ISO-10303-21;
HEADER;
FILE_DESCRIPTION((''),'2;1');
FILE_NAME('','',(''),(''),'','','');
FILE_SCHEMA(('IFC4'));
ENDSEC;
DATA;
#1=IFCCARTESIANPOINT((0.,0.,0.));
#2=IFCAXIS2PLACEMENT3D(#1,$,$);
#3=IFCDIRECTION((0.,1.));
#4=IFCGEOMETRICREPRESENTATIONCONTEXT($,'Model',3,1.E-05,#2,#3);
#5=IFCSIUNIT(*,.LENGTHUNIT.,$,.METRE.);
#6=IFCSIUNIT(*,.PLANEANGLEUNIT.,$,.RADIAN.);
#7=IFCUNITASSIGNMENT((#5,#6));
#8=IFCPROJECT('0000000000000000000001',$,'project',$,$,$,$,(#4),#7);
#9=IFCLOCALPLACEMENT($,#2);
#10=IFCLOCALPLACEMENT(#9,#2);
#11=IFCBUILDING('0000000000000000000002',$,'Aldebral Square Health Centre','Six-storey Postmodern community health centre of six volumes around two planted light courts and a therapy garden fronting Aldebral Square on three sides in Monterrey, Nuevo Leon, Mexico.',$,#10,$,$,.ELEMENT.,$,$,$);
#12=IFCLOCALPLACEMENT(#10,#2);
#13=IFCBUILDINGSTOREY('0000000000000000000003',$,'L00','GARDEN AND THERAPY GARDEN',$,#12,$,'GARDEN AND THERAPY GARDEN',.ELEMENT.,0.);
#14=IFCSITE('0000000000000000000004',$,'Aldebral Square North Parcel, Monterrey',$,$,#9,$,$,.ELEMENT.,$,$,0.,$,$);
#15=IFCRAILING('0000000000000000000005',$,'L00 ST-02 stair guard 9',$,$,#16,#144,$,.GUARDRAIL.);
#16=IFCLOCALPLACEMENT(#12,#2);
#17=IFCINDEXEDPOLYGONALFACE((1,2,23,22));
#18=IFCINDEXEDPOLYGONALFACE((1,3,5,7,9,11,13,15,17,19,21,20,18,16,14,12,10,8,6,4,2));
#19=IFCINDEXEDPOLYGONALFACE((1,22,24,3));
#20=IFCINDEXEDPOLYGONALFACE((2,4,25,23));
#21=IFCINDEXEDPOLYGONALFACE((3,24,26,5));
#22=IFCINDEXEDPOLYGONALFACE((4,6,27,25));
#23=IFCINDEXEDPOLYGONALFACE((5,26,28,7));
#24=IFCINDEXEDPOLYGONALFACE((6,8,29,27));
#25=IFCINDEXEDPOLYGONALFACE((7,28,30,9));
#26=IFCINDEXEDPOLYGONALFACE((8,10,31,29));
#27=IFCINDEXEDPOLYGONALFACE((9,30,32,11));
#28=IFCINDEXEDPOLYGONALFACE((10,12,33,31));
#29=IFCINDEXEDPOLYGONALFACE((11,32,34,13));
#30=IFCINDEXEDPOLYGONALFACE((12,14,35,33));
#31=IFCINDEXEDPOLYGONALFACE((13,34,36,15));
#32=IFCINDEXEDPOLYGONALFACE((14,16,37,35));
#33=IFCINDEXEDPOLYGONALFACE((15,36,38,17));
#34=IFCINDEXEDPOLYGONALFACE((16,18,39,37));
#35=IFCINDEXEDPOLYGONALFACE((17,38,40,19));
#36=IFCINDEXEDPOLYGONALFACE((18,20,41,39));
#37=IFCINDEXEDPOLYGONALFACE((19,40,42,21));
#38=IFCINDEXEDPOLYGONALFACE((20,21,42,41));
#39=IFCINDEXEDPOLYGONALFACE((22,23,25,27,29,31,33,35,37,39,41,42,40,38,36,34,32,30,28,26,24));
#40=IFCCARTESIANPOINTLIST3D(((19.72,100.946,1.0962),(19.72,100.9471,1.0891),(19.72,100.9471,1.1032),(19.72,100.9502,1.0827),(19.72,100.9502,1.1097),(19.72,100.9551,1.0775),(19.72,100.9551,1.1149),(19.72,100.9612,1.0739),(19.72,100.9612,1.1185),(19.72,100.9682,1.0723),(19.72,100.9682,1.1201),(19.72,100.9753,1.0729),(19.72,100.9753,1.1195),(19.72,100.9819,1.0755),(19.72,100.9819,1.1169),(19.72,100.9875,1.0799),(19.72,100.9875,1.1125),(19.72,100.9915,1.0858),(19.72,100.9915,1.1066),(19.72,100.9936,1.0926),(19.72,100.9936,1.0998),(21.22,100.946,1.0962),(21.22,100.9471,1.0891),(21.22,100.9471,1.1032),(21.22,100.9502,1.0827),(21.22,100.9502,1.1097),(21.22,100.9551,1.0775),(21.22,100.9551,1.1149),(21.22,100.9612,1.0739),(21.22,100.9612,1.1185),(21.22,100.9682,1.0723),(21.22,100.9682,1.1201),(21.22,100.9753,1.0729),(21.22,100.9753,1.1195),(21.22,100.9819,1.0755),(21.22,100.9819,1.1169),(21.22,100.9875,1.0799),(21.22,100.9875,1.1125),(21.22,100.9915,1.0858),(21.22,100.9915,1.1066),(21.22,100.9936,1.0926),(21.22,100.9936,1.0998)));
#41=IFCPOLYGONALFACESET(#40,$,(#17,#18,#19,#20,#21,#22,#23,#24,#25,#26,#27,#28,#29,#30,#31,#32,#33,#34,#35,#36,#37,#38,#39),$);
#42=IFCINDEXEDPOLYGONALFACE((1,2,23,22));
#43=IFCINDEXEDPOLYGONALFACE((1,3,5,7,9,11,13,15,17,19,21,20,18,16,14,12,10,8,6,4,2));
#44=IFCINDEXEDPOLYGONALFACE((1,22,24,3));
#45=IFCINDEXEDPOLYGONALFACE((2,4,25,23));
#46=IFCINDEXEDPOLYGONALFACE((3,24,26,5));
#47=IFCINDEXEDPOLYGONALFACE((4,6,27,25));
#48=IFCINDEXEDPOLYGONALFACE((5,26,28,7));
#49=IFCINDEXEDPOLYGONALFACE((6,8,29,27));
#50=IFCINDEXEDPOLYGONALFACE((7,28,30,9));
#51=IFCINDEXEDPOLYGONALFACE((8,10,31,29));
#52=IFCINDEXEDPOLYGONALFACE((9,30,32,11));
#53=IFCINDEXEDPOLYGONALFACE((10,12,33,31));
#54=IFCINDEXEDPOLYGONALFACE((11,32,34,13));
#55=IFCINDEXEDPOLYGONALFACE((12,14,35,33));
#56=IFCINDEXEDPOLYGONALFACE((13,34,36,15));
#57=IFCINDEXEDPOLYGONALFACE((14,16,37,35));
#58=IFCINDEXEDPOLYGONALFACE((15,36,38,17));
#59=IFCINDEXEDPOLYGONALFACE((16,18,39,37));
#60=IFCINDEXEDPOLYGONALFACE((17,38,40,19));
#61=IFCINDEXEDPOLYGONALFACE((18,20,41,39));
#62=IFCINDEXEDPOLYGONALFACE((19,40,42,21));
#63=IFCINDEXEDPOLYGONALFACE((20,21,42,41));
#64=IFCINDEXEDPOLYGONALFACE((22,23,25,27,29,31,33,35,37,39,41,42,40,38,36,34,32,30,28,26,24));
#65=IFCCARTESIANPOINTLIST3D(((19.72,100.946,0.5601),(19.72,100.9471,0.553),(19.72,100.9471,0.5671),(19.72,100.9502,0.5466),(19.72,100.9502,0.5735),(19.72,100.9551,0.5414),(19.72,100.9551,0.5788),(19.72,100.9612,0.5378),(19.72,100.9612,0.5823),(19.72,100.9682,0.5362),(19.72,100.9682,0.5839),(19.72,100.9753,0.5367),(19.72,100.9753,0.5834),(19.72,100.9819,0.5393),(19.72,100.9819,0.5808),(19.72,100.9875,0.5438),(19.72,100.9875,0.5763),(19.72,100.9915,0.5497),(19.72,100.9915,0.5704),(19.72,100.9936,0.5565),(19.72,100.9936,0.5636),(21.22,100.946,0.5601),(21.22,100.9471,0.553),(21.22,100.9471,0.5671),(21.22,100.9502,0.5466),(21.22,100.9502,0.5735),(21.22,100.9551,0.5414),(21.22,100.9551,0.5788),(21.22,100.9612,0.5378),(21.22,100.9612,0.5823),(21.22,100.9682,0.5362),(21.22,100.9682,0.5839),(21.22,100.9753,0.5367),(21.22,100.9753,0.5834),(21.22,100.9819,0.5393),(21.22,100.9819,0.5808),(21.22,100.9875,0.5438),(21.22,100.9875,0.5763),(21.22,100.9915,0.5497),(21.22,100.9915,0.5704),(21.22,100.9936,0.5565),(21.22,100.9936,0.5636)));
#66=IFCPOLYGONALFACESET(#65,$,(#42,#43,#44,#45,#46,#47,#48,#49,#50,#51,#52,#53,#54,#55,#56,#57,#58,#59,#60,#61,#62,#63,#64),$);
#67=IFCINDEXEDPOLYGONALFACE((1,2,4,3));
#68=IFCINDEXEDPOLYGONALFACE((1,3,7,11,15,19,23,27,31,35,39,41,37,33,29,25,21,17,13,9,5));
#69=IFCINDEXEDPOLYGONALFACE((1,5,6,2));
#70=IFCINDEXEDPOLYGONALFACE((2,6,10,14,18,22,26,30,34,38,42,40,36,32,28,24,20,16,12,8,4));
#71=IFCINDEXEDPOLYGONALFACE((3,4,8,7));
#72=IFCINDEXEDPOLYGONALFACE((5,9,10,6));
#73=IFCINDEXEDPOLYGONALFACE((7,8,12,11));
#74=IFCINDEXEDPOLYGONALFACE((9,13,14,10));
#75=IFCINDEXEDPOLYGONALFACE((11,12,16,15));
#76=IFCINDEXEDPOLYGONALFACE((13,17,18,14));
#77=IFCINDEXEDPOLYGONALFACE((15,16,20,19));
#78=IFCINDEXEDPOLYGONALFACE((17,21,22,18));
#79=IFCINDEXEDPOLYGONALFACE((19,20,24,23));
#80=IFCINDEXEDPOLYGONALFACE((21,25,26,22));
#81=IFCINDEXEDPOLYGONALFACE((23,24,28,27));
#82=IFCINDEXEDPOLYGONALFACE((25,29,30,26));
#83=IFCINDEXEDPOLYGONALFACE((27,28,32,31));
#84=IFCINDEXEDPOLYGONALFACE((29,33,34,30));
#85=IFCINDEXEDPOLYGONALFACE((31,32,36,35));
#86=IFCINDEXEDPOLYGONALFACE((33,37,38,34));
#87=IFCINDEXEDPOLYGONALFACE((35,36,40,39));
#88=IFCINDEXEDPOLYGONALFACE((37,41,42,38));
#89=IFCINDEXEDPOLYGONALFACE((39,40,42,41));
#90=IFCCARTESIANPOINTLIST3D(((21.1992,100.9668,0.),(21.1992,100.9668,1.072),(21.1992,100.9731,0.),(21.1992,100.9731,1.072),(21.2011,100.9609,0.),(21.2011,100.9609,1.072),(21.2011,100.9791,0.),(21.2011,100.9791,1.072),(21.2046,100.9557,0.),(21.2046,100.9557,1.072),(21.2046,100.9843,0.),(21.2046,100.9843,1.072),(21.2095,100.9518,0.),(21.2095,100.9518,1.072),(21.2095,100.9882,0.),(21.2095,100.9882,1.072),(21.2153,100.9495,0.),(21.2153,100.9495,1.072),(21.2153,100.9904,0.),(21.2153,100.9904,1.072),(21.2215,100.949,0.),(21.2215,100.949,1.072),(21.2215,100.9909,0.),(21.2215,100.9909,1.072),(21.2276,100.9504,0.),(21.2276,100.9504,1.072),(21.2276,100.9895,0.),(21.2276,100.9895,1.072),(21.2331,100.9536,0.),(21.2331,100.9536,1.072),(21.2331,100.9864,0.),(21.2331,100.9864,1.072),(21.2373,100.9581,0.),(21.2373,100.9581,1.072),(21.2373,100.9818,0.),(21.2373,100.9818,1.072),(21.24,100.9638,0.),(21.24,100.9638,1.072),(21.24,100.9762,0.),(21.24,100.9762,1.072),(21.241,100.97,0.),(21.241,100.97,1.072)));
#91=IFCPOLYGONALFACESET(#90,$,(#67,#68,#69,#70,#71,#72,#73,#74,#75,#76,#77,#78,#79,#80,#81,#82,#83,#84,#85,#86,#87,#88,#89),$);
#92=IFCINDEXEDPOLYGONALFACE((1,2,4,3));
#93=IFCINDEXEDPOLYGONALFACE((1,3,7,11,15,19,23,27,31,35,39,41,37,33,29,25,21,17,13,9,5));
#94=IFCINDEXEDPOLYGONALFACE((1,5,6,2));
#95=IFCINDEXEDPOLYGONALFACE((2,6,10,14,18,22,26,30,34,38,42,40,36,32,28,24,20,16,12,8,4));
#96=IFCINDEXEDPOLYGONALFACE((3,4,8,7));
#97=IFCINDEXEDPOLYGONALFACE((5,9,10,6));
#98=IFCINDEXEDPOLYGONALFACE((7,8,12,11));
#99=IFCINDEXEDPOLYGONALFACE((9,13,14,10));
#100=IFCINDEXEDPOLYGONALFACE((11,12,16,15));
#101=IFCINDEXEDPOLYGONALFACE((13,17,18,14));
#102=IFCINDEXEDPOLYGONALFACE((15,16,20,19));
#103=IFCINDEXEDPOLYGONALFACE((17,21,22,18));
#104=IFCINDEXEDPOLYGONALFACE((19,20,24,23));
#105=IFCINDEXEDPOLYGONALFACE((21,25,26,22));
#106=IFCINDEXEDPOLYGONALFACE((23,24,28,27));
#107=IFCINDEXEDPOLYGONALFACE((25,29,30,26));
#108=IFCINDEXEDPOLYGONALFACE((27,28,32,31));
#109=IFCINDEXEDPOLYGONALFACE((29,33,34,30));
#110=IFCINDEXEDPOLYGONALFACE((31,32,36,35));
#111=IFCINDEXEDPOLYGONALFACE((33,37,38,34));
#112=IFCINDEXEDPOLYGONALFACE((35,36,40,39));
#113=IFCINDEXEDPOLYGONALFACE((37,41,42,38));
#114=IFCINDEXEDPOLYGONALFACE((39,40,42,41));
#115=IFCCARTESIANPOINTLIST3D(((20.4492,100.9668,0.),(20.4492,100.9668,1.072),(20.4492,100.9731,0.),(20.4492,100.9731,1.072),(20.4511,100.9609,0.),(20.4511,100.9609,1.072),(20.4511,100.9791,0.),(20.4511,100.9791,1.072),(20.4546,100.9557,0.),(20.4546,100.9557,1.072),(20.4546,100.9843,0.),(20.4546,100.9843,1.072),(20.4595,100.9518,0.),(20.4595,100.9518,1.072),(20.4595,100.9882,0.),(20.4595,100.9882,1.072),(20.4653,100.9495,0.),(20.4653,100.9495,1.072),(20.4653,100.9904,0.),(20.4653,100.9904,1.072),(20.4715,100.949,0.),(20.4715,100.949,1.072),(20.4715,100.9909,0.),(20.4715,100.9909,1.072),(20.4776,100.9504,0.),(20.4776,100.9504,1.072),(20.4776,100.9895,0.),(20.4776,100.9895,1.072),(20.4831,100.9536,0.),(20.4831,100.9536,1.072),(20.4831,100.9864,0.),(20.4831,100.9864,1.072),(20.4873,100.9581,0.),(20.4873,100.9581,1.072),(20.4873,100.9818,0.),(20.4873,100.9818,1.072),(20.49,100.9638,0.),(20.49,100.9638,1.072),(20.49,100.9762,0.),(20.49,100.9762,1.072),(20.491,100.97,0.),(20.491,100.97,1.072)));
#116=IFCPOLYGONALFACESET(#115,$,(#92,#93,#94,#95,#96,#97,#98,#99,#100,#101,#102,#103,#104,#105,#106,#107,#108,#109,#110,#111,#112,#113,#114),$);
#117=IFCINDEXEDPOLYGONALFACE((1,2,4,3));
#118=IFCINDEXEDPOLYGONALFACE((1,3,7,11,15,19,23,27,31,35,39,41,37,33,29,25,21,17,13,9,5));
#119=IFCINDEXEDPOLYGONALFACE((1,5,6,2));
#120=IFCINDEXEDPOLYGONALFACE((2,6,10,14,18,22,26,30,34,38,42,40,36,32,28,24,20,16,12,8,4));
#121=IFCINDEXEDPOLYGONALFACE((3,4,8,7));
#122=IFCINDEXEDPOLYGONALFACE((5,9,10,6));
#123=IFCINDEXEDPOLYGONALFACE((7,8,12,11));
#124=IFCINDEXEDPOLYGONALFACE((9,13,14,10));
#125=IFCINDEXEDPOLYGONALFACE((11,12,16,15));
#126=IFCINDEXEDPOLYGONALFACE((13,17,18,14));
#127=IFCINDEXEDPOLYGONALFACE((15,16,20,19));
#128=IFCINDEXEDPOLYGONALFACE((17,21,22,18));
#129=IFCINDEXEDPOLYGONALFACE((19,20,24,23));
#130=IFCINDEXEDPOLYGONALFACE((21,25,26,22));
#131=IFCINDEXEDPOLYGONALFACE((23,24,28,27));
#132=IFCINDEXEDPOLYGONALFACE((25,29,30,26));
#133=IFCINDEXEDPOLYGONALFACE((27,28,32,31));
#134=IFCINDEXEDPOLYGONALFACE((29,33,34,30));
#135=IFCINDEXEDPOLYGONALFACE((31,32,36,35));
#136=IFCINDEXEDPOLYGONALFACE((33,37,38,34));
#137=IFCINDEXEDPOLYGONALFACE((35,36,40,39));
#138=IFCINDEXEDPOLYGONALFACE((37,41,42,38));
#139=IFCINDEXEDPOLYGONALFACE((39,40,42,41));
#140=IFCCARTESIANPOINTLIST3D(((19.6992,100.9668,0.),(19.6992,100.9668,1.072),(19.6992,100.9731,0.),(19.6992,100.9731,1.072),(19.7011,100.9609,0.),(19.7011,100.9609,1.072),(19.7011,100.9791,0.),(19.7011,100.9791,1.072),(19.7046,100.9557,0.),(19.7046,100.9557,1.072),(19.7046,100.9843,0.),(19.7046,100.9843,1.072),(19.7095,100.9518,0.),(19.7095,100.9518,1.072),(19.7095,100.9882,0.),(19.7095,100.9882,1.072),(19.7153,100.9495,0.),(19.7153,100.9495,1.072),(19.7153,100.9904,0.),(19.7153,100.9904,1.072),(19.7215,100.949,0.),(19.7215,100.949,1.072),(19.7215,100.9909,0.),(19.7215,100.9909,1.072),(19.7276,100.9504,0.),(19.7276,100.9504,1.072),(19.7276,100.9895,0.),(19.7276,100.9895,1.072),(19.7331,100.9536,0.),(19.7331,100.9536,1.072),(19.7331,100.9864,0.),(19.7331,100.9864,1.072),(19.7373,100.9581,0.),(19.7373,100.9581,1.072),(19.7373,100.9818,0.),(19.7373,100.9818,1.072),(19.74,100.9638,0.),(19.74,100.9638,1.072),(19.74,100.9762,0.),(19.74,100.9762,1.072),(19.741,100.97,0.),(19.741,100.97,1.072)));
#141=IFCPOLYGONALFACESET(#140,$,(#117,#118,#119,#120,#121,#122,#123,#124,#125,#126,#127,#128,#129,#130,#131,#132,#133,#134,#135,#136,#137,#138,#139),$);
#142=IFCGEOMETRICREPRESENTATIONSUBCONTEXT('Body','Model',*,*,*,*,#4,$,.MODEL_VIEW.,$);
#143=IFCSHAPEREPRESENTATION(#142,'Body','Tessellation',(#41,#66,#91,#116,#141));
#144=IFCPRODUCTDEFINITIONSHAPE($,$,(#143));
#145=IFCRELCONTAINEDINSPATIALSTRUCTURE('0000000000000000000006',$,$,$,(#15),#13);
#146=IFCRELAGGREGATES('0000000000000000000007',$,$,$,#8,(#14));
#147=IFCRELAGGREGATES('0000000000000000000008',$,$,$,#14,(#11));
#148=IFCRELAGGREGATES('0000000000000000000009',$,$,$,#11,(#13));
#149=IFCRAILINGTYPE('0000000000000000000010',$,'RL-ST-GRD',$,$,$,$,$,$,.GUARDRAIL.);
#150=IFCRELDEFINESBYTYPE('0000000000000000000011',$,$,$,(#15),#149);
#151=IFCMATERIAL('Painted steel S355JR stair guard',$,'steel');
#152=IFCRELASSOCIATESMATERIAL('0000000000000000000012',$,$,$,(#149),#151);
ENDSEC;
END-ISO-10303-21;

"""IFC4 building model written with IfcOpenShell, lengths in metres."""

from ifc_helpers import new_model, si_unit, direction, frame, origin, origin_2d, place, context, subcontext, project, spatial, circle, extrude, material, type_object, element, save


model = new_model("IFC4")

# Units and contexts
model_context = context("Model", 3, precision=1e-05, world=origin(), true_north=direction((0.0, 1.0)))
body_context = subcontext(model_context, "Body", "Model", "MODEL_VIEW")
ifc_project = project(units=[si_unit("LENGTHUNIT", "METRE"), si_unit("PLANEANGLEUNIT", "RADIAN")], contexts=[model_context])

# Site, building, storey
site_placement = place(None, origin())
site = spatial("IfcSite", under=ifc_project, at=site_placement, Name="Aldebral Square North Parcel, Monterrey", CompositionType="ELEMENT", RefElevation=0.0)
building_placement = place(site_placement, origin())
building = spatial("IfcBuilding", under=site, at=building_placement, Name="Aldebral Square Health Centre", Description="Six-storey Postmodern community health centre of six volumes around two planted light courts and a therapy garden fronting Aldebral Square on three sides in Monterrey, Nuevo Leon, Mexico.", CompositionType="ELEMENT")
storey_placement = place(building_placement, origin())
storey = spatial("IfcBuildingStorey", under=building, at=storey_placement, Name="L00", Description="GARDEN AND THERAPY GARDEN", LongName="GARDEN AND THERAPY GARDEN", CompositionType="ELEMENT", Elevation=0.0)

# Railing
ifc_material_1 = material(Name="Painted steel S355JR stair guard", Category="steel")
railing_type = type_object("IfcRailingType", Name="RL-ST-GRD", PredefinedType="GUARDRAIL", material=ifc_material_1)
for number, where, name in (
    (1, (21.22, 100.97, 0.0), "L00 ST-02 stair guard 9"),
):
    element("IfcRailing", number, at=place(storey_placement, frame(where)), inside=storey, type_object=railing_type, Name=name, PredefinedType="GUARDRAIL", context=body_context, shape_type="SweptSolid", body=[
        extrude(circle(Radius=0.0239, at=origin_2d()), frame((0.0, 0.0, 1.0962), z_axis=(-1.0, 0.0, 0.0), x_axis=(0.0, -1.0, 0.0)), (0.0, 0.0, 1.0), 1.5),
        extrude(circle(Radius=0.0239, at=origin_2d()), frame((0.0, 0.0, 0.5601), z_axis=(-1.0, 0.0, 0.0), x_axis=(0.0, -1.0, 0.0)), (0.0, 0.0, 1.0), 1.5),
        extrude(circle(Radius=0.021, at=origin_2d()), origin(), (0.0, 0.0, 1.0), 1.072),
        extrude(circle(Radius=0.021, at=origin_2d()), frame((-0.75, 0.0, 0.0)), (0.0, 0.0, 1.0), 1.072),
        extrude(circle(Radius=0.021, at=origin_2d()), frame((-1.5, 0.0, 0.0)), (0.0, 0.0, 1.0), 1.072),
    ])

save(model, "model.ifc")
